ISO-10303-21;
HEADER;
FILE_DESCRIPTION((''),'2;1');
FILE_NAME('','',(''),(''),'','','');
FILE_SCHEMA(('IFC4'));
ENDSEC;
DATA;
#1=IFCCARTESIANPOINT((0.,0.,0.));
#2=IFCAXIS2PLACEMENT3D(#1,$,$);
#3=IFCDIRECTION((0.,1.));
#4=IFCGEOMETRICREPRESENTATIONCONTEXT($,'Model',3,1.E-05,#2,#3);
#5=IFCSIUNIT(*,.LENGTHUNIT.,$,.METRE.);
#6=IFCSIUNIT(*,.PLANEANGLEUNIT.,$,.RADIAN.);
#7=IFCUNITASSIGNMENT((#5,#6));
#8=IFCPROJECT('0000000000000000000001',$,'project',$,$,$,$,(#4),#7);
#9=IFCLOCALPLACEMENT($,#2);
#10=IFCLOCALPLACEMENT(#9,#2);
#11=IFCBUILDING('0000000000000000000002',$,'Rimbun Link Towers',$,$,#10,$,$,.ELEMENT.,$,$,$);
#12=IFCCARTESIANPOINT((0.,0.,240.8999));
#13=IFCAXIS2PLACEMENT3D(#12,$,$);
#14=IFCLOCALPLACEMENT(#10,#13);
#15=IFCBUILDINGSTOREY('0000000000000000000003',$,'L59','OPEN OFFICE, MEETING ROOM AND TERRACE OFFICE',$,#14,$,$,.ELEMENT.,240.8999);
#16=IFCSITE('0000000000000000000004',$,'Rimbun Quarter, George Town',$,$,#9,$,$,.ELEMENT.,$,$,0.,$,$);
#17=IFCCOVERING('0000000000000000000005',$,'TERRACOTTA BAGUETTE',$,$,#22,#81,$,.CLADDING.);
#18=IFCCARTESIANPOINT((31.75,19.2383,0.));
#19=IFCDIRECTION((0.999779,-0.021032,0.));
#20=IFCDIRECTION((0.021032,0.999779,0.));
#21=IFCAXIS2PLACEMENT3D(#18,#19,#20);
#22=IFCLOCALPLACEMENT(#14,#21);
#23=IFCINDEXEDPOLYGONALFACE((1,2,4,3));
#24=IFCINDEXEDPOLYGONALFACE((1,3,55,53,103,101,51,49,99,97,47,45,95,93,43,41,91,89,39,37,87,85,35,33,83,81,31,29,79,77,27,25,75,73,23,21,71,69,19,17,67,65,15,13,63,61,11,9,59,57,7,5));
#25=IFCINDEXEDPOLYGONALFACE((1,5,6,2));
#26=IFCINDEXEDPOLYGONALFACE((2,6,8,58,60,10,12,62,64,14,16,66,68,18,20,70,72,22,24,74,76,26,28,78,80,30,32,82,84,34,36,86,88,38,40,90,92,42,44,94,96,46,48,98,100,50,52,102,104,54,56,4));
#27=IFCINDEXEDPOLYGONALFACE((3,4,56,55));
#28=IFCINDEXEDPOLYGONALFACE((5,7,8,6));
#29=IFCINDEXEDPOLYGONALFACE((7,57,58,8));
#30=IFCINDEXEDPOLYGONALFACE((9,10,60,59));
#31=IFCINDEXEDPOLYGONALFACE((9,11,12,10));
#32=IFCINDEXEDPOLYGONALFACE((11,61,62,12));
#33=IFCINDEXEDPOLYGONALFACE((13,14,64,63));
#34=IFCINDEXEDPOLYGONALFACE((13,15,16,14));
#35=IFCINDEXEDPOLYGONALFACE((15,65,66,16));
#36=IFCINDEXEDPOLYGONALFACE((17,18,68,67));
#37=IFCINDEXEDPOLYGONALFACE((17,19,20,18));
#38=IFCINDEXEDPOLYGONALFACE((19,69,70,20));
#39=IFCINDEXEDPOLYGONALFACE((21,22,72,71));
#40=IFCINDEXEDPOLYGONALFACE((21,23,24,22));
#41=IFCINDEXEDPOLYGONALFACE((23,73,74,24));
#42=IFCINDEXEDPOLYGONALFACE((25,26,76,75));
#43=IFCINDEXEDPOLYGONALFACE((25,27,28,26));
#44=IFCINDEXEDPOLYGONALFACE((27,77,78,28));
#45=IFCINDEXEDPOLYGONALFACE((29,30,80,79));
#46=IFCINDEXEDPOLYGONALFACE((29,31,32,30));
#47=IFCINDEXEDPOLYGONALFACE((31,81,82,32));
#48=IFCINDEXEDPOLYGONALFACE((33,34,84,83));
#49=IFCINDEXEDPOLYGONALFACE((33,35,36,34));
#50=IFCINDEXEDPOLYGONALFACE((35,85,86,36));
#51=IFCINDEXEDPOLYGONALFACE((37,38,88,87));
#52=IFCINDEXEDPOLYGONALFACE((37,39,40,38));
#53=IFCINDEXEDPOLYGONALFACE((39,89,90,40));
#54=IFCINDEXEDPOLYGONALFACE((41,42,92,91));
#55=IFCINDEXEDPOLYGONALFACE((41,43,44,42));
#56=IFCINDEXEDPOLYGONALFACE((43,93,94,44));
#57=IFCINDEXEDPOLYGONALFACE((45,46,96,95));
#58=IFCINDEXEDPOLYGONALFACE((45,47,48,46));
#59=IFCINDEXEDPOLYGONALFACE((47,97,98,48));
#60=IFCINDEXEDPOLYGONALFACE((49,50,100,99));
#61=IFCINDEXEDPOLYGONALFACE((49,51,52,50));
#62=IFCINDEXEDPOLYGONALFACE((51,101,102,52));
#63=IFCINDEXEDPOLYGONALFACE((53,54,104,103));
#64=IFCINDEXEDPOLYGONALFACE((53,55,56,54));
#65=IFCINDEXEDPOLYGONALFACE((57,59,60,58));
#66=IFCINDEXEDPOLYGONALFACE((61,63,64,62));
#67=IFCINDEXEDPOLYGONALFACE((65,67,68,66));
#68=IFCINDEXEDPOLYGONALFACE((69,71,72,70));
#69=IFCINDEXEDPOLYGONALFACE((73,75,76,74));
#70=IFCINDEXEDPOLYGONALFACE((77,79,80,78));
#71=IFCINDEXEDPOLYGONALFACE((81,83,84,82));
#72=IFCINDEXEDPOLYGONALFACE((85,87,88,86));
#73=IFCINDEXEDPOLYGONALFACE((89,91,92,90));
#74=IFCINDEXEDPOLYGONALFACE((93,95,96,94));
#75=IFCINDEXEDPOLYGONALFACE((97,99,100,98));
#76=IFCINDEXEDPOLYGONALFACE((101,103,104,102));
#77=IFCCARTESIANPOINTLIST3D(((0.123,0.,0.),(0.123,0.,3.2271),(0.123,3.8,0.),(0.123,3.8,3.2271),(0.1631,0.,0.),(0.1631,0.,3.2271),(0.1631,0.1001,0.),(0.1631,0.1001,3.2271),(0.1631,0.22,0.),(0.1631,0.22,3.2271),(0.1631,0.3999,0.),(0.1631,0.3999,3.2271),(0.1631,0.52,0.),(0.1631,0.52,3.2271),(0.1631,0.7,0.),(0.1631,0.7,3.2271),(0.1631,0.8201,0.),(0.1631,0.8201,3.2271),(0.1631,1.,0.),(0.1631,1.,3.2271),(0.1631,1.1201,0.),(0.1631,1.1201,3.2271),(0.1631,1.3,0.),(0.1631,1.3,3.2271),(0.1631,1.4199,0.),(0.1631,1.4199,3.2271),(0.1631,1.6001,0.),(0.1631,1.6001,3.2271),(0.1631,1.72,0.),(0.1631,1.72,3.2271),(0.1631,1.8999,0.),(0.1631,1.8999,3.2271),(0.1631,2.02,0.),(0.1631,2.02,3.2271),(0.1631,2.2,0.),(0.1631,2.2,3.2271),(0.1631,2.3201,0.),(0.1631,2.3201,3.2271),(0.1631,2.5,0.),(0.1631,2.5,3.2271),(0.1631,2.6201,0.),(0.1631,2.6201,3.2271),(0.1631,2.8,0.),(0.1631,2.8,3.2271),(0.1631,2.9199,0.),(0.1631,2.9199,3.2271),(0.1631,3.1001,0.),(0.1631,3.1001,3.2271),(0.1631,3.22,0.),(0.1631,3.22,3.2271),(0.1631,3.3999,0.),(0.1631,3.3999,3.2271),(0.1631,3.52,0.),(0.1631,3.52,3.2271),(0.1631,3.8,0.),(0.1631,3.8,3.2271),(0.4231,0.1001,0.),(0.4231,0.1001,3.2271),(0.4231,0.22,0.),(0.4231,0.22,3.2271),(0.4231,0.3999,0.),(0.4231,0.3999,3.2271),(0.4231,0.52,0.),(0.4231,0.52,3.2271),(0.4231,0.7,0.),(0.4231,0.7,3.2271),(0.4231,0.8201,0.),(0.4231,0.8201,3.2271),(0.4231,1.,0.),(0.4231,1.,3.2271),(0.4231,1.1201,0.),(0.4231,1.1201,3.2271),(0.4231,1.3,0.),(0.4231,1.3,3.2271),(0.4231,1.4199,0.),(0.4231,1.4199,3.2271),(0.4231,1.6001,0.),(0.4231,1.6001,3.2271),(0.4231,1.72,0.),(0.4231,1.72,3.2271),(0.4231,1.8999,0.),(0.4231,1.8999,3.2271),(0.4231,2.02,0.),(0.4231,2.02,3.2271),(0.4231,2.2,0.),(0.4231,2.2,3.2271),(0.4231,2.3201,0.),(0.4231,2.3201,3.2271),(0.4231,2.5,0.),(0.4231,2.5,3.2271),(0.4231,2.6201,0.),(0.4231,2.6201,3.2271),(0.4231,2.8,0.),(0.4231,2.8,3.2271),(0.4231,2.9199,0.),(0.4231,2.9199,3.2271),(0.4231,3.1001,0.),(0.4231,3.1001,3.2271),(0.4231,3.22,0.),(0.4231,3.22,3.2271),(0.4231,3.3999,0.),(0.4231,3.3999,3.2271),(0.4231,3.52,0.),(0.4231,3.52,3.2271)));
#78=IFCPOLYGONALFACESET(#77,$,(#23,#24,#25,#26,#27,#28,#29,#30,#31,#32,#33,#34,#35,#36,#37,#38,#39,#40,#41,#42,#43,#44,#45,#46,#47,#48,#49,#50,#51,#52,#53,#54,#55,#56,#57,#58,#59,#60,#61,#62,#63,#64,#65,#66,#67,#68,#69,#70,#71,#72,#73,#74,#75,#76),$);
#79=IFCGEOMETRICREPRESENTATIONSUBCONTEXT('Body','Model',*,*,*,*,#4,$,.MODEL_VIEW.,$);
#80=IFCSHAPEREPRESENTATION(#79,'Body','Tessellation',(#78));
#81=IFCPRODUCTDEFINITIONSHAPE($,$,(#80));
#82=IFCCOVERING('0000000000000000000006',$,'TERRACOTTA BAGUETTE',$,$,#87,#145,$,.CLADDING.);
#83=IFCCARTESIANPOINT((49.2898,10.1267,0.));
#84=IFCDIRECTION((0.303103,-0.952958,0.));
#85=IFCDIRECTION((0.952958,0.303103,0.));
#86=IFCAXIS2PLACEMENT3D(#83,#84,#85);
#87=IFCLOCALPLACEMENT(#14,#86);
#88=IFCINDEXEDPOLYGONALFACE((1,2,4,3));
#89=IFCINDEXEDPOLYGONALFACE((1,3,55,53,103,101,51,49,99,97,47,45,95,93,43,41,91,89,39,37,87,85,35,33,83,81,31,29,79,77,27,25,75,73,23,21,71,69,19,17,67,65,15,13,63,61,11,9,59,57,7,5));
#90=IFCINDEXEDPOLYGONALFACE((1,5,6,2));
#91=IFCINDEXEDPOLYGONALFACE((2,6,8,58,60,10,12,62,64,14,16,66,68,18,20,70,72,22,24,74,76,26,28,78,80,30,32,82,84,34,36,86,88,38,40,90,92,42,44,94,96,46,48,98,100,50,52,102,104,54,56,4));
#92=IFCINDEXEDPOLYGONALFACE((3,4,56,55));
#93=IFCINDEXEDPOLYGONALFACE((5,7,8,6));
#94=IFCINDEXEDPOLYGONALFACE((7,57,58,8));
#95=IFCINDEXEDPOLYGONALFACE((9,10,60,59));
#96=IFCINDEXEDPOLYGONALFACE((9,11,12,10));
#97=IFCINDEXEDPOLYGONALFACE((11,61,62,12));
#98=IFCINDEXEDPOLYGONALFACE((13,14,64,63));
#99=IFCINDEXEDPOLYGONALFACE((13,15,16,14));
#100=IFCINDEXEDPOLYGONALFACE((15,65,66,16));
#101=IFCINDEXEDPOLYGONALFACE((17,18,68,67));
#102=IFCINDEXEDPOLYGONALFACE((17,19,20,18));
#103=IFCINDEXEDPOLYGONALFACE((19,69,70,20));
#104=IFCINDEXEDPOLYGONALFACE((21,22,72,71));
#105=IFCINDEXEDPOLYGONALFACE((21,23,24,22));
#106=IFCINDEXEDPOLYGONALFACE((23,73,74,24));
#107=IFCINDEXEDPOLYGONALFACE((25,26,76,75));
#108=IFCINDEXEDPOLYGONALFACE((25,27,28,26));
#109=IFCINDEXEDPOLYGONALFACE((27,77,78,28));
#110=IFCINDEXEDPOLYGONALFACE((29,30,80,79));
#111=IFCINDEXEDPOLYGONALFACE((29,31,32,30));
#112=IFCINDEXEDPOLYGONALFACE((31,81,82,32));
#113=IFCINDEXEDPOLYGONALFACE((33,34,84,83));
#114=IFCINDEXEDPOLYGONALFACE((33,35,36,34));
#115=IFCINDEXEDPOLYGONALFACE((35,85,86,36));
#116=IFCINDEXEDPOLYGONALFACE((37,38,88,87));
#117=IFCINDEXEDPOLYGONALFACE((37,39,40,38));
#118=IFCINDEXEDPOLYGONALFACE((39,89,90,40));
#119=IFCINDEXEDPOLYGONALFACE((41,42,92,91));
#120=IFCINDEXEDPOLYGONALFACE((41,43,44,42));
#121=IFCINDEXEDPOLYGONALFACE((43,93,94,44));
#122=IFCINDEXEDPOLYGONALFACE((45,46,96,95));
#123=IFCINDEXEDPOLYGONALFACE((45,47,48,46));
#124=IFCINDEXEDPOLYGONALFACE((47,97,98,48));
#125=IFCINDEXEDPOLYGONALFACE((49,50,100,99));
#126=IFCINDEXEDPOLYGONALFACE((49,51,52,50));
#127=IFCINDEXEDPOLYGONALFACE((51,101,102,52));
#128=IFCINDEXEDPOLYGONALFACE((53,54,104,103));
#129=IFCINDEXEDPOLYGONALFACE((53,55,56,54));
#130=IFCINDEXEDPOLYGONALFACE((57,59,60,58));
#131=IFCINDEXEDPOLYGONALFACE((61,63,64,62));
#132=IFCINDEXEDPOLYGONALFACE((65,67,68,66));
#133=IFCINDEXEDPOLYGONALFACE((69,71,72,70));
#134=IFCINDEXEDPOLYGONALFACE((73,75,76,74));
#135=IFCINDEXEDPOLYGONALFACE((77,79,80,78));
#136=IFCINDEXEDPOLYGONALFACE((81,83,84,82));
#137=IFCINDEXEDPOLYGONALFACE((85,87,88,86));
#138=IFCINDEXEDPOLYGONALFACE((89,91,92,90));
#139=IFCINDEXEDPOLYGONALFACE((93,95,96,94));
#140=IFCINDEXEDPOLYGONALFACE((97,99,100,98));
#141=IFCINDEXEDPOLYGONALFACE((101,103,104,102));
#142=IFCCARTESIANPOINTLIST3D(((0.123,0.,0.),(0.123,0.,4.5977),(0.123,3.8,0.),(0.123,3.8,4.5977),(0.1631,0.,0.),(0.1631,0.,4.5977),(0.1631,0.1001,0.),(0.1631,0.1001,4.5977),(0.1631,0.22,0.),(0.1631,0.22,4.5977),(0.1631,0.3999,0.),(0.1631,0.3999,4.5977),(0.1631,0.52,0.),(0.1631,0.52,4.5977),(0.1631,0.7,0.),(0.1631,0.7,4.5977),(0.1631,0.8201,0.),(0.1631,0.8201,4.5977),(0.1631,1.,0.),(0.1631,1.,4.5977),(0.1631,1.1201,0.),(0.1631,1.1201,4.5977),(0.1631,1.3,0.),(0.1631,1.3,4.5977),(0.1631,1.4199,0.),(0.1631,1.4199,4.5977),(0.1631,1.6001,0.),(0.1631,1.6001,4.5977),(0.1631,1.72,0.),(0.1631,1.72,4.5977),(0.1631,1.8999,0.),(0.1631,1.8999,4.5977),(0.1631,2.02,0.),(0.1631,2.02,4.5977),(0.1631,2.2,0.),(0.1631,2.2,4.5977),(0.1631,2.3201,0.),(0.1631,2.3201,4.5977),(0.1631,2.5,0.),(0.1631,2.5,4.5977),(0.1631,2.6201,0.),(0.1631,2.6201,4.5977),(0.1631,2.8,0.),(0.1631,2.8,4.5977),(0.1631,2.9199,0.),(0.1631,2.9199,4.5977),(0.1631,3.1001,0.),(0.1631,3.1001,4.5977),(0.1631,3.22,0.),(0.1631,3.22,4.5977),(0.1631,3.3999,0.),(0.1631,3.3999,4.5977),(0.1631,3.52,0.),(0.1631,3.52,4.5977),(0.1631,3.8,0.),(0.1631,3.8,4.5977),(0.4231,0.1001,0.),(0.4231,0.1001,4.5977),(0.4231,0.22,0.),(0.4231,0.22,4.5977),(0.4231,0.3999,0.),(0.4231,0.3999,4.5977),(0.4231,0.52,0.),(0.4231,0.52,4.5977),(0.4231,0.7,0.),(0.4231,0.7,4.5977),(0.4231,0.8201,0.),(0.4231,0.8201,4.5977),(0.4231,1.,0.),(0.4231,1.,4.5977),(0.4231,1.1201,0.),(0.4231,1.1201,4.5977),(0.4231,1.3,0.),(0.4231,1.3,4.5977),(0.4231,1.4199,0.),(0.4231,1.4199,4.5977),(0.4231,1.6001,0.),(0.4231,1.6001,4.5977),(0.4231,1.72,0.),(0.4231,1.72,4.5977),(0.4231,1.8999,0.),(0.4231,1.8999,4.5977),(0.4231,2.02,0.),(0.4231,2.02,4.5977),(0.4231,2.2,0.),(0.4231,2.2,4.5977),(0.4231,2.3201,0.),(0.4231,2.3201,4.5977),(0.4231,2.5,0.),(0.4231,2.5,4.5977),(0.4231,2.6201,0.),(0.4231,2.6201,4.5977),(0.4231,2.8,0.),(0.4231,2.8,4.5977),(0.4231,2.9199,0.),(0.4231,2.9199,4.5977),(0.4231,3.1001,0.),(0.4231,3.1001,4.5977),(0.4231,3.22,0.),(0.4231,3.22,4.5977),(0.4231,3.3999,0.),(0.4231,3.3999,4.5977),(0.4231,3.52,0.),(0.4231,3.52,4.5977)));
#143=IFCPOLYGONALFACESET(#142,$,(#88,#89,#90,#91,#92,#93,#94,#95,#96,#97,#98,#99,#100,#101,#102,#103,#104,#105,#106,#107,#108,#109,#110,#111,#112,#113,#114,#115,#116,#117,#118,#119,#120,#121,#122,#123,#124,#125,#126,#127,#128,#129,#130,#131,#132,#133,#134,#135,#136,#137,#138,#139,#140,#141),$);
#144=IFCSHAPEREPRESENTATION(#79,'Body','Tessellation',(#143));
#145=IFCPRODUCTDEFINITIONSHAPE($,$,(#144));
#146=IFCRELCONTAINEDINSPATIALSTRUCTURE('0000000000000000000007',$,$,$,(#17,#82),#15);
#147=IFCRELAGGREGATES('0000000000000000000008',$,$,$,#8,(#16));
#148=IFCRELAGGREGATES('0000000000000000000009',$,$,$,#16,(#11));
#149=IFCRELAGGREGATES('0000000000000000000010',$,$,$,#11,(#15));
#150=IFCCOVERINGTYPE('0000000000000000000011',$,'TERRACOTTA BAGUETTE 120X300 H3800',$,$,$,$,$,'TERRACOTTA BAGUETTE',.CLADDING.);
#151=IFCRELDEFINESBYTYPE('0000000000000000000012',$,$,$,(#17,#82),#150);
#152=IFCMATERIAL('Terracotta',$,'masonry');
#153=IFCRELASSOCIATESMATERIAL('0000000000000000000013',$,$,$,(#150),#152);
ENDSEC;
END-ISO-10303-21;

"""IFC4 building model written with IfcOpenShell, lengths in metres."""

from ifc_helpers import new_model, si_unit, direction, frame, origin, place, context, subcontext, project, spatial, polyline, outline, extrude, material, material_profile, profile_set, type_object, element, save


model = new_model("IFC4")

# Units and contexts
model_context = context("Model", 3, precision=1e-05, world=origin(), true_north=direction((0.0, 1.0)))
body_context = subcontext(model_context, "Body", "Model", "MODEL_VIEW")
ifc_project = project(units=[si_unit("LENGTHUNIT", "METRE"), si_unit("PLANEANGLEUNIT", "RADIAN")], contexts=[model_context])

# Site, building, storey
site_placement = place(None, origin())
site = spatial("IfcSite", under=ifc_project, at=site_placement, Name="Rimbun Quarter, George Town", CompositionType="ELEMENT", RefElevation=0.0)
building_placement = place(site_placement, origin())
building = spatial("IfcBuilding", under=site, at=building_placement, Name="Rimbun Link Towers", CompositionType="ELEMENT")
storey_placement = place(building_placement, frame((0.0, 0.0, 240.8999)))
storey = spatial("IfcBuildingStorey", under=building, at=storey_placement, Name="L59", Description="OPEN OFFICE, MEETING ROOM AND TERRACE OFFICE", CompositionType="ELEMENT", Elevation=240.8999)

# Coverings
ifc_material_1 = material(Name="Terracotta", Category="masonry")
ifc_material_profile_1 = material_profile(ifc_material_1, outline(polyline([(0.123, 0.0), (0.1631, 0.0), (0.1631, 0.1001), (0.4231, 0.1001), (0.4231, 0.22), (0.1631, 0.22), (0.1631, 0.3999), (0.4231, 0.3999), (0.4231, 0.52), (0.1631, 0.52), (0.1631, 0.7), (0.4231, 0.7), (0.4231, 0.8201), (0.1631, 0.8201), (0.1631, 1.0), (0.4231, 1.0), (0.4231, 1.1201), (0.1631, 1.1201), (0.1631, 1.3), (0.4231, 1.3), (0.4231, 1.4199), (0.1631, 1.4199), (0.1631, 1.6001), (0.4231, 1.6001), (0.4231, 1.72), (0.1631, 1.72), (0.1631, 1.8999), (0.4231, 1.8999), (0.4231, 2.02), (0.1631, 2.02), (0.1631, 2.2), (0.4231, 2.2), (0.4231, 2.3201), (0.1631, 2.3201), (0.1631, 2.5), (0.4231, 2.5), (0.4231, 2.6201), (0.1631, 2.6201), (0.1631, 2.8), (0.4231, 2.8), (0.4231, 2.9199), (0.1631, 2.9199), (0.1631, 3.1001), (0.4231, 3.1001), (0.4231, 3.22), (0.1631, 3.22), (0.1631, 3.3999), (0.4231, 3.3999), (0.4231, 3.52), (0.1631, 3.52), (0.1631, 3.8), (0.123, 3.8), (0.123, 0.0)])), Name="BAGUETTE 120X300")
ifc_profile_set_1 = profile_set([ifc_material_profile_1], Name="Terracotta")
covering_type = type_object("IfcCoveringType", Name="TERRACOTTA BAGUETTE 120X300 H3800", ElementType="TERRACOTTA BAGUETTE", PredefinedType="CLADDING", material=ifc_profile_set_1)
covering_1_placement = place(storey_placement, frame((31.75, 19.2383, 0.0), z_axis=(0.999779, -0.021032, 0.0), x_axis=(0.021032, 0.999779, 0.0)))
element("IfcCovering", 1, at=covering_1_placement, inside=storey, type_object=covering_type, Name="TERRACOTTA BAGUETTE", PredefinedType="CLADDING", context=body_context, shape_type="SweptSolid", body=[
    extrude(outline(polyline([(0.123, 0.0), (0.1631, 0.0), (0.1631, 0.1001), (0.4231, 0.1001), (0.4231, 0.22), (0.1631, 0.22), (0.1631, 0.3999), (0.4231, 0.3999), (0.4231, 0.52), (0.1631, 0.52), (0.1631, 0.7), (0.4231, 0.7), (0.4231, 0.8201), (0.1631, 0.8201), (0.1631, 1.0), (0.4231, 1.0), (0.4231, 1.1201), (0.1631, 1.1201), (0.1631, 1.3), (0.4231, 1.3), (0.4231, 1.4199), (0.1631, 1.4199), (0.1631, 1.6001), (0.4231, 1.6001), (0.4231, 1.72), (0.1631, 1.72), (0.1631, 1.8999), (0.4231, 1.8999), (0.4231, 2.02), (0.1631, 2.02), (0.1631, 2.2), (0.4231, 2.2), (0.4231, 2.3201), (0.1631, 2.3201), (0.1631, 2.5), (0.4231, 2.5), (0.4231, 2.6201), (0.1631, 2.6201), (0.1631, 2.8), (0.4231, 2.8), (0.4231, 2.9199), (0.1631, 2.9199), (0.1631, 3.1001), (0.4231, 3.1001), (0.4231, 3.22), (0.1631, 3.22), (0.1631, 3.3999), (0.4231, 3.3999), (0.4231, 3.52), (0.1631, 3.52), (0.1631, 3.8), (0.123, 3.8), (0.123, 0.0)])), origin(), (0.0, 0.0, 1.0), 3.2271),
])
covering_2_placement = place(storey_placement, frame((49.2898, 10.1267, 0.0), z_axis=(0.303103, -0.952958, 0.0), x_axis=(0.952958, 0.303103, 0.0)))
element("IfcCovering", 2, at=covering_2_placement, inside=storey, type_object=covering_type, Name="TERRACOTTA BAGUETTE", PredefinedType="CLADDING", context=body_context, shape_type="SweptSolid", body=[
    extrude(outline(polyline([(0.123, 0.0), (0.1631, 0.0), (0.1631, 0.1001), (0.4231, 0.1001), (0.4231, 0.22), (0.1631, 0.22), (0.1631, 0.3999), (0.4231, 0.3999), (0.4231, 0.52), (0.1631, 0.52), (0.1631, 0.7), (0.4231, 0.7), (0.4231, 0.8201), (0.1631, 0.8201), (0.1631, 1.0), (0.4231, 1.0), (0.4231, 1.1201), (0.1631, 1.1201), (0.1631, 1.3), (0.4231, 1.3), (0.4231, 1.4199), (0.1631, 1.4199), (0.1631, 1.6001), (0.4231, 1.6001), (0.4231, 1.72), (0.1631, 1.72), (0.1631, 1.8999), (0.4231, 1.8999), (0.4231, 2.02), (0.1631, 2.02), (0.1631, 2.2), (0.4231, 2.2), (0.4231, 2.3201), (0.1631, 2.3201), (0.1631, 2.5), (0.4231, 2.5), (0.4231, 2.6201), (0.1631, 2.6201), (0.1631, 2.8), (0.4231, 2.8), (0.4231, 2.9199), (0.1631, 2.9199), (0.1631, 3.1001), (0.4231, 3.1001), (0.4231, 3.22), (0.1631, 3.22), (0.1631, 3.3999), (0.4231, 3.3999), (0.4231, 3.52), (0.1631, 3.52), (0.1631, 3.8), (0.123, 3.8), (0.123, 0.0)])), origin(), (0.0, 0.0, 1.0), 4.5977),
])

save(model, "model.ifc")
